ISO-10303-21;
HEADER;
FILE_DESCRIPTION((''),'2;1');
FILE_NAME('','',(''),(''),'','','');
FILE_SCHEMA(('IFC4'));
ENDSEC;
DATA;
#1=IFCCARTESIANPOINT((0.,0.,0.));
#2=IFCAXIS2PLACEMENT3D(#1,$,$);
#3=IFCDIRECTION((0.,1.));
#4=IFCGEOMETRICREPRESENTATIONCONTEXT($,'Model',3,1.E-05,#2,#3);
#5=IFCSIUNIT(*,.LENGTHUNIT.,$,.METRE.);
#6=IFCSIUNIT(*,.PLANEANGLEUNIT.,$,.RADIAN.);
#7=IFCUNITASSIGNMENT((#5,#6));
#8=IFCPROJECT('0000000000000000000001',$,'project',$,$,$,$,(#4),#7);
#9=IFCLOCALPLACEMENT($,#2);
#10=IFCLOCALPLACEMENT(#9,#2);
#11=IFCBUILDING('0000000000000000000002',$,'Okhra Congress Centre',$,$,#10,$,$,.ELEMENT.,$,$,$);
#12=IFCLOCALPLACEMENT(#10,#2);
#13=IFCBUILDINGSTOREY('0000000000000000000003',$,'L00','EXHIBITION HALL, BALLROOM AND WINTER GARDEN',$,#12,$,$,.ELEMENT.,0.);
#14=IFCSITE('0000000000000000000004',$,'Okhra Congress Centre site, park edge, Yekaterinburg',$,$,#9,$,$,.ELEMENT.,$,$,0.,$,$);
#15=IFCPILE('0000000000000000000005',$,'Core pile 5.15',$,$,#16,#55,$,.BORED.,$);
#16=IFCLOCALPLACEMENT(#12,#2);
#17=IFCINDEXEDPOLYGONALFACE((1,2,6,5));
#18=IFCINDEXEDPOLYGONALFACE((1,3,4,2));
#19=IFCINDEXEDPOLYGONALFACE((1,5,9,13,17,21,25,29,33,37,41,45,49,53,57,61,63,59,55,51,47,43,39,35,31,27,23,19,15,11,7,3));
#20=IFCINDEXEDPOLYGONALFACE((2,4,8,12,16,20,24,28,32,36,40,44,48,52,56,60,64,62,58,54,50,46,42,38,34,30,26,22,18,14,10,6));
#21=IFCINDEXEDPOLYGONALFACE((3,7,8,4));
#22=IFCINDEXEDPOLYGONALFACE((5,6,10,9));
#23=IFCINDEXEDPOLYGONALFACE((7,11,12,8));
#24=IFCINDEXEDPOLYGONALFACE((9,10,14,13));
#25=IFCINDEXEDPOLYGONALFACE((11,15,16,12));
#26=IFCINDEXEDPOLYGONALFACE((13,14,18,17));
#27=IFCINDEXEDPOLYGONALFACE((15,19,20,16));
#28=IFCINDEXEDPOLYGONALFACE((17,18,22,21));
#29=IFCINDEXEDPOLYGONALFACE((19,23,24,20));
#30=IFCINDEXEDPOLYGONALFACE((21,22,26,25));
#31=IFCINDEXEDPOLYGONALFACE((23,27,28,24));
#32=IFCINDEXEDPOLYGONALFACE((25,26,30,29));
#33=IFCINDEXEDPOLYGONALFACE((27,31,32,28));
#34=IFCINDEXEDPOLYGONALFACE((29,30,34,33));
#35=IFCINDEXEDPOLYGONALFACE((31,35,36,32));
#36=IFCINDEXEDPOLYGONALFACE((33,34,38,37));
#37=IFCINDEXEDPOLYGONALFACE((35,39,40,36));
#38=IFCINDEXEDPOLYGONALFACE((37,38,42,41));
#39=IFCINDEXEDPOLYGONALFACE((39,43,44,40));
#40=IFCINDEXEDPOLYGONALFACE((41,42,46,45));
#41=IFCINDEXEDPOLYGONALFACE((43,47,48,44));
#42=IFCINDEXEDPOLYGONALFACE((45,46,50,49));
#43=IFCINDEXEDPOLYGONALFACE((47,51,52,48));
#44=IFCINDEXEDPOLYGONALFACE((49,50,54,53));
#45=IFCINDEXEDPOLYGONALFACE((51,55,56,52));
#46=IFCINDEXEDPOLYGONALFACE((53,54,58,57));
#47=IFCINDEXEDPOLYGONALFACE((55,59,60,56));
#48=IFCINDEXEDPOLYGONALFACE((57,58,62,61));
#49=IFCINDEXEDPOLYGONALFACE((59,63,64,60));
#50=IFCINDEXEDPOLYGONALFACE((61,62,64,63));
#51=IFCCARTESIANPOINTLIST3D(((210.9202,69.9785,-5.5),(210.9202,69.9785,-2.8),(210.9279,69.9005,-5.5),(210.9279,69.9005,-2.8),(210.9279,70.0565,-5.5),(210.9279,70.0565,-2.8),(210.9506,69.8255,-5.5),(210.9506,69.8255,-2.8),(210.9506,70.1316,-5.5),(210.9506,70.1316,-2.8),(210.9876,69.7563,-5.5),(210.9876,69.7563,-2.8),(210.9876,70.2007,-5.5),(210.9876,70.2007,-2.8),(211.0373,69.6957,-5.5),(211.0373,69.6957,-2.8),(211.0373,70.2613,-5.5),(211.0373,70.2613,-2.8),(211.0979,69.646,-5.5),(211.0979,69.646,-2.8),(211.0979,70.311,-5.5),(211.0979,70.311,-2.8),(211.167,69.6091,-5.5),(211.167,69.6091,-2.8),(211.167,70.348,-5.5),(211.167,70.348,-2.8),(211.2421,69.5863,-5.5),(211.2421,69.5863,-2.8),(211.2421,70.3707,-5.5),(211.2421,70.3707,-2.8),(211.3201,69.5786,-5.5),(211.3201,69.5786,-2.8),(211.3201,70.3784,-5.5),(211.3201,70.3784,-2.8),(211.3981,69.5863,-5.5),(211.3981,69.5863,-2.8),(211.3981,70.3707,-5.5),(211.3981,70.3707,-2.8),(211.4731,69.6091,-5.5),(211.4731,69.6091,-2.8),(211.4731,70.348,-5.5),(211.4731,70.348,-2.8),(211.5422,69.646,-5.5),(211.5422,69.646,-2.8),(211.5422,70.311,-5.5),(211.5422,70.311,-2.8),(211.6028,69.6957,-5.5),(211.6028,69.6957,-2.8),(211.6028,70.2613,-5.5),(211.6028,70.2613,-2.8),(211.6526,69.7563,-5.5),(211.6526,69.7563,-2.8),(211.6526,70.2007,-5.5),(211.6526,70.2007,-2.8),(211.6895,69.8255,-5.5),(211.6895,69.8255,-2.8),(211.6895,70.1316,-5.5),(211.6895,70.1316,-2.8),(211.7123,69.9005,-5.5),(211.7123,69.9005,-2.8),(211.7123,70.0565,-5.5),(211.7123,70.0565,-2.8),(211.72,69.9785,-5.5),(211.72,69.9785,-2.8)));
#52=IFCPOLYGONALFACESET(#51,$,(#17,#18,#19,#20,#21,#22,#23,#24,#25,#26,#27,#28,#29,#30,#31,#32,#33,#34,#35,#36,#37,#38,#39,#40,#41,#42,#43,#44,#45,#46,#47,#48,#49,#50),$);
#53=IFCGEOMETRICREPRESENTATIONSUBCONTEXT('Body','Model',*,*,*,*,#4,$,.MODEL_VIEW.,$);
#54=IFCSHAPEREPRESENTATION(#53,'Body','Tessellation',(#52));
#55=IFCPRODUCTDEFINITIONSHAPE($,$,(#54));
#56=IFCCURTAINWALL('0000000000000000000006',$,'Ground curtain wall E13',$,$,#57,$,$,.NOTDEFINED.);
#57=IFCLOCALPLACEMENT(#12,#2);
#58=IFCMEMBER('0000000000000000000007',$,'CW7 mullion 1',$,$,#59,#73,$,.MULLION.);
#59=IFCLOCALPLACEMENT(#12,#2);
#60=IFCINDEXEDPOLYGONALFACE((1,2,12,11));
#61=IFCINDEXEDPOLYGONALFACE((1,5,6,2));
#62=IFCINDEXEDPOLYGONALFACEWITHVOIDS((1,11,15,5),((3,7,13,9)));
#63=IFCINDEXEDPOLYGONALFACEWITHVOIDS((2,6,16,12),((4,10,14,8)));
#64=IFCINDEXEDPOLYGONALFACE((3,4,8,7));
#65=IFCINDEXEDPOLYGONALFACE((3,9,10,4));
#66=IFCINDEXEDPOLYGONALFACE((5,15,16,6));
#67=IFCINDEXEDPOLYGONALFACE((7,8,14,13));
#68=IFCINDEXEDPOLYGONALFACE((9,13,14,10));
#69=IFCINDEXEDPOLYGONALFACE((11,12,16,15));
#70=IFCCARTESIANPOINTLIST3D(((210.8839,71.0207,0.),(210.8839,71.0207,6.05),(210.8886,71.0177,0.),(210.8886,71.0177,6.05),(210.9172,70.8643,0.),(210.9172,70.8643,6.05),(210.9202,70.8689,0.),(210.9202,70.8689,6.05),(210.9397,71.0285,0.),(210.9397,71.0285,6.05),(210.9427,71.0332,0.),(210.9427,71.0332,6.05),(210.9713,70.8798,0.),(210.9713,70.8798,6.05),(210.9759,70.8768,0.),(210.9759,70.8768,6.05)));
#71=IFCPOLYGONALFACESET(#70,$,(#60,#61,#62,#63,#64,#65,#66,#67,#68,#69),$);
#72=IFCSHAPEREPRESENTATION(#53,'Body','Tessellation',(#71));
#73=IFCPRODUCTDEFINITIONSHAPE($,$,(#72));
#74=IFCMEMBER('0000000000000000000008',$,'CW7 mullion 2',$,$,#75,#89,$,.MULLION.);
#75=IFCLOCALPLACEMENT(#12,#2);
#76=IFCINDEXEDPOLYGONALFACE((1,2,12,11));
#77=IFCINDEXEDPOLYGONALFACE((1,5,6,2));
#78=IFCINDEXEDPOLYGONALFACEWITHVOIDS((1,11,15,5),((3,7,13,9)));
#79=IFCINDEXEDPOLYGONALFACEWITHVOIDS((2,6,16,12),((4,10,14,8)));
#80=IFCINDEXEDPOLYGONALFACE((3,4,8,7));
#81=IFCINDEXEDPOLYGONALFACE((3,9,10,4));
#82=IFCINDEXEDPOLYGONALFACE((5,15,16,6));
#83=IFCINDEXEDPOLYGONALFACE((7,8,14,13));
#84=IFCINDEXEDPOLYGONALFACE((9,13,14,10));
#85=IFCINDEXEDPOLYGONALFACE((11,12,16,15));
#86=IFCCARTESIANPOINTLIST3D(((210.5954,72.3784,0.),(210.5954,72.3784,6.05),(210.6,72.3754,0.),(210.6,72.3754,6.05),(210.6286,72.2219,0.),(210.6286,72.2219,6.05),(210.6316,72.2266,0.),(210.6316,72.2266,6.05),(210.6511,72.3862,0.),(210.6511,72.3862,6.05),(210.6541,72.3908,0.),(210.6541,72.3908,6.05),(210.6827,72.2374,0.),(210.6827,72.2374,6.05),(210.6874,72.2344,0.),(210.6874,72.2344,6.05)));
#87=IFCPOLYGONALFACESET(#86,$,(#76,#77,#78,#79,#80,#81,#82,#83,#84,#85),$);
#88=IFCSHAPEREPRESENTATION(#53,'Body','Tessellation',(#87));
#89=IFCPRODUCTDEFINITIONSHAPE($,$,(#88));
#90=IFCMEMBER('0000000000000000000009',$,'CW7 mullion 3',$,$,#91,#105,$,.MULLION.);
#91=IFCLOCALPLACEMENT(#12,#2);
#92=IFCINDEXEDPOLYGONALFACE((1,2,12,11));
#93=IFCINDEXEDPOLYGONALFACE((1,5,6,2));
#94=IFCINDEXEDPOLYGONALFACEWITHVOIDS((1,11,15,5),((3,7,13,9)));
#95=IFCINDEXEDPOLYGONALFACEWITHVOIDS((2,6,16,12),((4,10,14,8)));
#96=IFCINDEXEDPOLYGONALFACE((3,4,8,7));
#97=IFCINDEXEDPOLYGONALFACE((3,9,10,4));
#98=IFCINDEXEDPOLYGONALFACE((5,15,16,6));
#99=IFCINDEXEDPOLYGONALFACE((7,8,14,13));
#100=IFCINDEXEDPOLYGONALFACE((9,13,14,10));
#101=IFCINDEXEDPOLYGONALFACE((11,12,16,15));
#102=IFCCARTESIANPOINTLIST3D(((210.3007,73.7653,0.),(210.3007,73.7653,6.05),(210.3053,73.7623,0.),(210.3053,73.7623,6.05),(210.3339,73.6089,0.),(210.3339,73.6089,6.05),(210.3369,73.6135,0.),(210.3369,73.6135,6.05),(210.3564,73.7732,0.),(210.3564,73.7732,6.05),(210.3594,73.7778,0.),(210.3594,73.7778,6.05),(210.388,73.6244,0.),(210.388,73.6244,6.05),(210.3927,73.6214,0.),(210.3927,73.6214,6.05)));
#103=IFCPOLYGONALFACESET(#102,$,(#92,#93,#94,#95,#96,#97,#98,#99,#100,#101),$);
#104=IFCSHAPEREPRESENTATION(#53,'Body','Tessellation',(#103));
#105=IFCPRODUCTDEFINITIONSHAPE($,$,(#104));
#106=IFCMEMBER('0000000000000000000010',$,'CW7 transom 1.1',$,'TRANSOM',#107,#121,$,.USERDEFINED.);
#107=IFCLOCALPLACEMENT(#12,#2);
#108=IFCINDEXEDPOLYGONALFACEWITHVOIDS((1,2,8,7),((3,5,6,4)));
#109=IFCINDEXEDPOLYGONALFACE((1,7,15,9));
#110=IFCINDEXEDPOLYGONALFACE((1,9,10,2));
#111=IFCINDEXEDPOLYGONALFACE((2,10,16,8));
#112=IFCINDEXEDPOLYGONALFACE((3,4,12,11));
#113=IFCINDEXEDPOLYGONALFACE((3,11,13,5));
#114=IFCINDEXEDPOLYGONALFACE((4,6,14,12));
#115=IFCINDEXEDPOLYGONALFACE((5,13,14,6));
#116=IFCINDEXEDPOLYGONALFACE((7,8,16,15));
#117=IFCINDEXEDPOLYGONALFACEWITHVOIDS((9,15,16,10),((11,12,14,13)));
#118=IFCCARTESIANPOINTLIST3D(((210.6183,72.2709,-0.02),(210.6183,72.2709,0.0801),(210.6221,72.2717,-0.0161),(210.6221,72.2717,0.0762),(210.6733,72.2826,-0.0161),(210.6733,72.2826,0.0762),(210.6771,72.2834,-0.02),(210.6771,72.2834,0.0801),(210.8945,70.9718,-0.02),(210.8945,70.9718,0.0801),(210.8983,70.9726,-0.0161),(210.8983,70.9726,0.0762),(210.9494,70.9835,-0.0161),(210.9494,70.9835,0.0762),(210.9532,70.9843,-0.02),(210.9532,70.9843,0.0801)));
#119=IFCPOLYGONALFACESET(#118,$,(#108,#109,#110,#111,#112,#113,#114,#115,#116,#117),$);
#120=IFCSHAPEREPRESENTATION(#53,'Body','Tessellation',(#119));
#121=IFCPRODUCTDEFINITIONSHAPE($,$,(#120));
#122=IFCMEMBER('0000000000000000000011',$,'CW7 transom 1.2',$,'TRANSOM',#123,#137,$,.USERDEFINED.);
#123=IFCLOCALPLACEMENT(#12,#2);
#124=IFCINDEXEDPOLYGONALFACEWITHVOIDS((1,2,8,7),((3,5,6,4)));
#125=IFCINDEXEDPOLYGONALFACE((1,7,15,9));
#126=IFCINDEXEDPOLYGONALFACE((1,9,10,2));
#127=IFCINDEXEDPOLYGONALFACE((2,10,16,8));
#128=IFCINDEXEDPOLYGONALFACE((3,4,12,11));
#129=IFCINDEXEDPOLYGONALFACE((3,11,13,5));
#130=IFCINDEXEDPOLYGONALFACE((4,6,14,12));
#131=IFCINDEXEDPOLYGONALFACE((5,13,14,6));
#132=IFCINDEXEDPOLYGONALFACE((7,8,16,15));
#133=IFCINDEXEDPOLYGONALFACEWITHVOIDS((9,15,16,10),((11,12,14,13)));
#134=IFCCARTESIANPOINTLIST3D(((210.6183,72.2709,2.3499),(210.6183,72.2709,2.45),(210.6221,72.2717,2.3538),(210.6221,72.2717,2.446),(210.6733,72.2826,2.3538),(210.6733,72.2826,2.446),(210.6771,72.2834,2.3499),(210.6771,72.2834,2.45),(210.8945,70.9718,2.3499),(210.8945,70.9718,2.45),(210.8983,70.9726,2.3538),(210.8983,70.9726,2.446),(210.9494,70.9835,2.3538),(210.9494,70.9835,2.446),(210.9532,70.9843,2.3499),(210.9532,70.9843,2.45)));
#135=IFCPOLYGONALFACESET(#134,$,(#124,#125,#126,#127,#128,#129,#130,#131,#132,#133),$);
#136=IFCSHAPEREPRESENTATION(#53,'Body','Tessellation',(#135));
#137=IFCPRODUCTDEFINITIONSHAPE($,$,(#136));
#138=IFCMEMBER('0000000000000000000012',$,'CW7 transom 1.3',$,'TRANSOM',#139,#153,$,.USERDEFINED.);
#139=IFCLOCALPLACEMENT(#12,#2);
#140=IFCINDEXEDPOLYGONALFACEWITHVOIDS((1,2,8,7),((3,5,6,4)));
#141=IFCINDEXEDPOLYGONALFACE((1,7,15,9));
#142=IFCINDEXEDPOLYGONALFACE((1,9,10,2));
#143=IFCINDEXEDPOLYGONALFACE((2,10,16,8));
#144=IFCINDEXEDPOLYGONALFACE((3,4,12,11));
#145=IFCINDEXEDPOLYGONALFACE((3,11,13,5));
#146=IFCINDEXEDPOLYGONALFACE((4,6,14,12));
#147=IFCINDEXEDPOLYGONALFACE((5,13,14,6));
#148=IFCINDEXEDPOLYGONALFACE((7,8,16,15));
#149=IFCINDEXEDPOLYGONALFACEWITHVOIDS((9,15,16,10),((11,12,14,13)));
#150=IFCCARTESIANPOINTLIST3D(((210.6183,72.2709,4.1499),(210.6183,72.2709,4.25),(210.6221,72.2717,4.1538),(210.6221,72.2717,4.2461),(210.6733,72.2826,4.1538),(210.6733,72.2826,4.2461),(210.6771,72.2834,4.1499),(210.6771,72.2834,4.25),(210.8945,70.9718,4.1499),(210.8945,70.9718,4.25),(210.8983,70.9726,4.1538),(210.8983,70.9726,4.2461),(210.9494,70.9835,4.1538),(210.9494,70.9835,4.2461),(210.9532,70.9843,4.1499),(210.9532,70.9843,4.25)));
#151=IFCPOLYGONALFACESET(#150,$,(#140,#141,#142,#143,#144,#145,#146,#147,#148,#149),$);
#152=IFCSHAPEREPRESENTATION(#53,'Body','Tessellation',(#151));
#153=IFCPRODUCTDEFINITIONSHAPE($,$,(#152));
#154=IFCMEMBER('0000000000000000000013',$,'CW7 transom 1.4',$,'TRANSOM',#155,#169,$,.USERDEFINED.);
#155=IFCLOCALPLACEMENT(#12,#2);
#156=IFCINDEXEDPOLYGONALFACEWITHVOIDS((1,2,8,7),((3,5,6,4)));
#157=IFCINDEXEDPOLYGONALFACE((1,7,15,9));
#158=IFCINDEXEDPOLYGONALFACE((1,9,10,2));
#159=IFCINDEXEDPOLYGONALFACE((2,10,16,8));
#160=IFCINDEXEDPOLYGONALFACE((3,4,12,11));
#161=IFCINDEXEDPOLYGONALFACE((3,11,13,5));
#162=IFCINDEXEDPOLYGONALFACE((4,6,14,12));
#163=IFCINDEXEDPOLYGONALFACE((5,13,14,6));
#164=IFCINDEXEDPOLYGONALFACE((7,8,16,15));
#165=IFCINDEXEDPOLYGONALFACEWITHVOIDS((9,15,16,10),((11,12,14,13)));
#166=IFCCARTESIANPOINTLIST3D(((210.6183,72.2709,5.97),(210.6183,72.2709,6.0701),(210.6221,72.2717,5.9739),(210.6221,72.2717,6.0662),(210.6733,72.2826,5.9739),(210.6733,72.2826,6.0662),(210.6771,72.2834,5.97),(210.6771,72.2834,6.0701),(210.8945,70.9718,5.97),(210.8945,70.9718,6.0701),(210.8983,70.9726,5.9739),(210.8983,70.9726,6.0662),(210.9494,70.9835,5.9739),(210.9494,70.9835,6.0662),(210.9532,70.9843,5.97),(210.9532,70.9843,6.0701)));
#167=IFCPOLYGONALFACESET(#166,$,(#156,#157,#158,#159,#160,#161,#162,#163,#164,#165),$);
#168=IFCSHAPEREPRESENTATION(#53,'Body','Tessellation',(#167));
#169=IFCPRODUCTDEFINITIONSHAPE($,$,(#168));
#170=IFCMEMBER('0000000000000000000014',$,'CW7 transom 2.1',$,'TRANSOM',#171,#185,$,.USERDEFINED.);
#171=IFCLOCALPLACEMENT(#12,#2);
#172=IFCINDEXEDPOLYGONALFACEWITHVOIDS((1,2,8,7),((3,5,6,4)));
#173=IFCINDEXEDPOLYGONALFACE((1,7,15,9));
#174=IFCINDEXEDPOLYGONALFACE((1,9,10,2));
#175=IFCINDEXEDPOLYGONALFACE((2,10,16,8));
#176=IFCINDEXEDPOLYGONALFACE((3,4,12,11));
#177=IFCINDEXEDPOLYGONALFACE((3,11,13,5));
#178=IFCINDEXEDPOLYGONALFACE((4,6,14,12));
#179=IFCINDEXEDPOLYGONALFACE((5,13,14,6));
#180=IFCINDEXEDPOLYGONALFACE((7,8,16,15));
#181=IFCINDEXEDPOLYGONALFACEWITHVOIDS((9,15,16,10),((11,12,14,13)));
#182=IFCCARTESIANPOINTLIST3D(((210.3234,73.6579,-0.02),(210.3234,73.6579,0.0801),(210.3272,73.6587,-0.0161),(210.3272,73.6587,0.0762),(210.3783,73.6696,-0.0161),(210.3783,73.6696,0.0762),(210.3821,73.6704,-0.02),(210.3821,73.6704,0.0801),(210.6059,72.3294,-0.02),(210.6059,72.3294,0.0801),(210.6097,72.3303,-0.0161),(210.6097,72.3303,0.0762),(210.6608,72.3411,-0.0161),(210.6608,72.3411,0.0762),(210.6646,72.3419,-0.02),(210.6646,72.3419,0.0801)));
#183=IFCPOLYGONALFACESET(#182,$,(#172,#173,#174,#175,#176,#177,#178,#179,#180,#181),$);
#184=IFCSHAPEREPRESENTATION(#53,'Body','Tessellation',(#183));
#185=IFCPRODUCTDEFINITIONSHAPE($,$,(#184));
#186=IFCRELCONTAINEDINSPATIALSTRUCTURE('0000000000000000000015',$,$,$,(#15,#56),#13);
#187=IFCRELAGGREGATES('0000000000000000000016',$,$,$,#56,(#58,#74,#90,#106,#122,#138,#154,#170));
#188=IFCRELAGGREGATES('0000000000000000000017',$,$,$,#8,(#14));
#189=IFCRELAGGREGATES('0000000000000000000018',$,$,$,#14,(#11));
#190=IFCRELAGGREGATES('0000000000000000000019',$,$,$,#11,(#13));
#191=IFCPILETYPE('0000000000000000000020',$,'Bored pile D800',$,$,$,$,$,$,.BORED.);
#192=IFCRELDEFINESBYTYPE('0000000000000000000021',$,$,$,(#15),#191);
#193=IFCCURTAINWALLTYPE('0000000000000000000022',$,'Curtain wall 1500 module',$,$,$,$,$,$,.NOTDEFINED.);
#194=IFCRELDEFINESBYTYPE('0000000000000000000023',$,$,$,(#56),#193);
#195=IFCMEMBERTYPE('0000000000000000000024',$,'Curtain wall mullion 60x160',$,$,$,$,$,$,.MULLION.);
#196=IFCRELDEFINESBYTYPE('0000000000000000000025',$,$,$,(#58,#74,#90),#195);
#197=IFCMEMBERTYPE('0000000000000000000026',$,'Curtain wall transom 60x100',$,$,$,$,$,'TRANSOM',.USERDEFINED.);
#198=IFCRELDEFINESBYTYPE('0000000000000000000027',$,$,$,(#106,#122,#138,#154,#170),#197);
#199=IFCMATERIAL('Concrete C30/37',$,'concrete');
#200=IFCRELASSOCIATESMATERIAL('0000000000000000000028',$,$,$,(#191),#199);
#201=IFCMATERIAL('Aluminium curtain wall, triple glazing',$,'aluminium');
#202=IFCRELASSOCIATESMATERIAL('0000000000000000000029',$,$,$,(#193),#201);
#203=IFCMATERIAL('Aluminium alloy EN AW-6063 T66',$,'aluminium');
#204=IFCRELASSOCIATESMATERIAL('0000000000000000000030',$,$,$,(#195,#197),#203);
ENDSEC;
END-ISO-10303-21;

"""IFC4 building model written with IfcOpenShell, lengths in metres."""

from ifc_helpers import new_model, si_unit, direction, frame, origin, origin_2d, place, context, subcontext, project, spatial, hollow_rectangle, circle, extrude, material, material_profile, profile_set, type_object, element, aggregate, save


model = new_model("IFC4")

# Units and contexts
model_context = context("Model", 3, precision=1e-05, world=origin(), true_north=direction((0.0, 1.0)))
body_context = subcontext(model_context, "Body", "Model", "MODEL_VIEW")
ifc_project = project(units=[si_unit("LENGTHUNIT", "METRE"), si_unit("PLANEANGLEUNIT", "RADIAN")], contexts=[model_context])

# Site, building, storey
site_placement = place(None, origin())
site = spatial("IfcSite", under=ifc_project, at=site_placement, Name="Okhra Congress Centre site, park edge, Yekaterinburg", CompositionType="ELEMENT", RefElevation=0.0)
building_placement = place(site_placement, origin())
building = spatial("IfcBuilding", under=site, at=building_placement, Name="Okhra Congress Centre", CompositionType="ELEMENT")
storey_placement = place(building_placement, origin())
storey = spatial("IfcBuildingStorey", under=building, at=storey_placement, Name="L00", Description="EXHIBITION HALL, BALLROOM AND WINTER GARDEN", CompositionType="ELEMENT", Elevation=0.0)

# Pile
ifc_material_1 = material(Name="Concrete C30/37", Category="concrete")
ifc_material_profile_1 = material_profile(ifc_material_1, circle(Radius=0.3999, at=origin_2d()), Name="D800")
ifc_profile_set_1 = profile_set([ifc_material_profile_1], Name="Concrete C30/37")
pile_type = type_object("IfcPileType", Name="Bored pile D800", PredefinedType="BORED", material=ifc_profile_set_1)
pile_placement = place(storey_placement, frame((211.3201, 69.9785, -2.8), z_axis=(0.0, 0.0, -1.0), x_axis=(1.0, 0.0, 0.0)))
element("IfcPile", 1, at=pile_placement, inside=storey, type_object=pile_type, Name="Core pile 5.15", PredefinedType="BORED", context=body_context, shape_type="SweptSolid", body=[
    extrude(circle(Radius=0.3999, at=origin_2d()), origin(), (0.0, 0.0, 1.0), 2.7),
])

# Curtain wall, members
ifc_material_2 = material(Name="Aluminium curtain wall, triple glazing", Category="aluminium")
curtain_wall_type = type_object("IfcCurtainWallType", Name="Curtain wall 1500 module", PredefinedType="NOTDEFINED", material=ifc_material_2)
curtain_wall_placement = place(storey_placement, origin())
curtain_wall = element("IfcCurtainWall", 2, at=curtain_wall_placement, inside=storey, type_object=curtain_wall_type, Name="Ground curtain wall E13", PredefinedType="NOTDEFINED")
ifc_material_3 = material(Name="Aluminium alloy EN AW-6063 T66", Category="aluminium")
ifc_material_profile_2 = material_profile(ifc_material_3, hollow_rectangle(XDim=0.0601, YDim=0.1599, WallThickness=0.0039, at=origin_2d()), Name="RHS 60x160x4")
ifc_profile_set_2 = profile_set([ifc_material_profile_2], Name="Aluminium alloy EN AW-6063 T66")
member_type_1 = type_object("IfcMemberType", Name="Curtain wall mullion 60x160", PredefinedType="MULLION", material=ifc_profile_set_2)
member_1_placement = place(storey_placement, frame((210.9299, 70.9487, 0.0), z_axis=(0.0, 0.0, 1.0), x_axis=(-0.978148, -0.207912, 0.0)))
member_1 = element("IfcMember", 3, at=member_1_placement, type_object=member_type_1, Name="CW7 mullion 1", PredefinedType="MULLION", context=body_context, shape_type="SweptSolid", body=[
    extrude(hollow_rectangle(XDim=0.0601, YDim=0.1599, WallThickness=0.0039, at=origin_2d()), origin(), (0.0, 0.0, 1.0), 6.05),
])
member_2_placement = place(storey_placement, frame((210.6414, 72.3064, 0.0), z_axis=(0.0, 0.0, 1.0), x_axis=(-0.978148, -0.207912, 0.0)))
member_2 = element("IfcMember", 4, at=member_2_placement, type_object=member_type_1, Name="CW7 mullion 2", PredefinedType="MULLION", context=body_context, shape_type="SweptSolid", body=[
    extrude(hollow_rectangle(XDim=0.0601, YDim=0.1599, WallThickness=0.0039, at=origin_2d()), origin(), (0.0, 0.0, 1.0), 6.05),
])
member_3_placement = place(storey_placement, frame((210.3467, 73.6934, 0.0), z_axis=(0.0, 0.0, 1.0), x_axis=(-0.978148, -0.207912, 0.0)))
member_3 = element("IfcMember", 5, at=member_3_placement, type_object=member_type_1, Name="CW7 mullion 3", PredefinedType="MULLION", context=body_context, shape_type="SweptSolid", body=[
    extrude(hollow_rectangle(XDim=0.0601, YDim=0.1599, WallThickness=0.0039, at=origin_2d()), origin(), (0.0, 0.0, 1.0), 6.05),
])
ifc_material_profile_3 = material_profile(ifc_material_3, hollow_rectangle(XDim=0.0601, YDim=0.1001, WallThickness=0.0039, at=origin_2d()), Name="RHS 60x100x4")
ifc_profile_set_3 = profile_set([ifc_material_profile_3], Name="Aluminium alloy EN AW-6063 T66")
member_type_2 = type_object("IfcMemberType", Name="Curtain wall transom 60x100", ElementType="TRANSOM", PredefinedType="USERDEFINED", material=ifc_profile_set_3)
member_4_placement = place(storey_placement, frame((210.9238, 70.978, 0.03), z_axis=(-0.207909, 0.978148, 0.0), x_axis=(-0.978148, -0.207909, 0.0)))
member_4 = element("IfcMember", 6, at=member_4_placement, type_object=member_type_2, Name="CW7 transom 1.1", ObjectType="TRANSOM", PredefinedType="USERDEFINED", context=body_context, shape_type="SweptSolid", body=[
    extrude(hollow_rectangle(XDim=0.0601, YDim=0.1001, WallThickness=0.0039, at=origin_2d()), origin(), (0.0, 0.0, 1.0), 1.3281),
])
member_5_placement = place(storey_placement, frame((210.9238, 70.978, 2.3999), z_axis=(-0.207909, 0.978148, 0.0), x_axis=(-0.978148, -0.207909, 0.0)))
member_5 = element("IfcMember", 7, at=member_5_placement, type_object=member_type_2, Name="CW7 transom 1.2", ObjectType="TRANSOM", PredefinedType="USERDEFINED", context=body_context, shape_type="SweptSolid", body=[
    extrude(hollow_rectangle(XDim=0.0601, YDim=0.1001, WallThickness=0.0039, at=origin_2d()), origin(), (0.0, 0.0, 1.0), 1.3281),
])
member_6_placement = place(storey_placement, frame((210.9238, 70.978, 4.2), z_axis=(-0.207909, 0.978148, 0.0), x_axis=(-0.978148, -0.207909, 0.0)))
member_6 = element("IfcMember", 8, at=member_6_placement, type_object=member_type_2, Name="CW7 transom 1.3", ObjectType="TRANSOM", PredefinedType="USERDEFINED", context=body_context, shape_type="SweptSolid", body=[
    extrude(hollow_rectangle(XDim=0.0601, YDim=0.1001, WallThickness=0.0039, at=origin_2d()), origin(), (0.0, 0.0, 1.0), 1.3281),
])
member_7_placement = place(storey_placement, frame((210.9238, 70.978, 6.02), z_axis=(-0.207909, 0.978148, 0.0), x_axis=(-0.978148, -0.207909, 0.0)))
member_7 = element("IfcMember", 9, at=member_7_placement, type_object=member_type_2, Name="CW7 transom 1.4", ObjectType="TRANSOM", PredefinedType="USERDEFINED", context=body_context, shape_type="SweptSolid", body=[
    extrude(hollow_rectangle(XDim=0.0601, YDim=0.1001, WallThickness=0.0039, at=origin_2d()), origin(), (0.0, 0.0, 1.0), 1.3281),
])
member_8_placement = place(storey_placement, frame((210.6353, 72.3357, 0.03), z_axis=(-0.207994, 0.97813, 0.0), x_axis=(-0.97813, -0.207994, 0.0)))
member_8 = element("IfcMember", 10, at=member_8_placement, type_object=member_type_2, Name="CW7 transom 2.1", ObjectType="TRANSOM", PredefinedType="USERDEFINED", context=body_context, shape_type="SweptSolid", body=[
    extrude(hollow_rectangle(XDim=0.0601, YDim=0.1001, WallThickness=0.0039, at=origin_2d()), origin(), (0.0, 0.0, 1.0), 1.3582),
])

aggregate(curtain_wall, [member_1, member_2, member_3, member_4, member_5, member_6, member_7, member_8])

save(model, "model.ifc")
